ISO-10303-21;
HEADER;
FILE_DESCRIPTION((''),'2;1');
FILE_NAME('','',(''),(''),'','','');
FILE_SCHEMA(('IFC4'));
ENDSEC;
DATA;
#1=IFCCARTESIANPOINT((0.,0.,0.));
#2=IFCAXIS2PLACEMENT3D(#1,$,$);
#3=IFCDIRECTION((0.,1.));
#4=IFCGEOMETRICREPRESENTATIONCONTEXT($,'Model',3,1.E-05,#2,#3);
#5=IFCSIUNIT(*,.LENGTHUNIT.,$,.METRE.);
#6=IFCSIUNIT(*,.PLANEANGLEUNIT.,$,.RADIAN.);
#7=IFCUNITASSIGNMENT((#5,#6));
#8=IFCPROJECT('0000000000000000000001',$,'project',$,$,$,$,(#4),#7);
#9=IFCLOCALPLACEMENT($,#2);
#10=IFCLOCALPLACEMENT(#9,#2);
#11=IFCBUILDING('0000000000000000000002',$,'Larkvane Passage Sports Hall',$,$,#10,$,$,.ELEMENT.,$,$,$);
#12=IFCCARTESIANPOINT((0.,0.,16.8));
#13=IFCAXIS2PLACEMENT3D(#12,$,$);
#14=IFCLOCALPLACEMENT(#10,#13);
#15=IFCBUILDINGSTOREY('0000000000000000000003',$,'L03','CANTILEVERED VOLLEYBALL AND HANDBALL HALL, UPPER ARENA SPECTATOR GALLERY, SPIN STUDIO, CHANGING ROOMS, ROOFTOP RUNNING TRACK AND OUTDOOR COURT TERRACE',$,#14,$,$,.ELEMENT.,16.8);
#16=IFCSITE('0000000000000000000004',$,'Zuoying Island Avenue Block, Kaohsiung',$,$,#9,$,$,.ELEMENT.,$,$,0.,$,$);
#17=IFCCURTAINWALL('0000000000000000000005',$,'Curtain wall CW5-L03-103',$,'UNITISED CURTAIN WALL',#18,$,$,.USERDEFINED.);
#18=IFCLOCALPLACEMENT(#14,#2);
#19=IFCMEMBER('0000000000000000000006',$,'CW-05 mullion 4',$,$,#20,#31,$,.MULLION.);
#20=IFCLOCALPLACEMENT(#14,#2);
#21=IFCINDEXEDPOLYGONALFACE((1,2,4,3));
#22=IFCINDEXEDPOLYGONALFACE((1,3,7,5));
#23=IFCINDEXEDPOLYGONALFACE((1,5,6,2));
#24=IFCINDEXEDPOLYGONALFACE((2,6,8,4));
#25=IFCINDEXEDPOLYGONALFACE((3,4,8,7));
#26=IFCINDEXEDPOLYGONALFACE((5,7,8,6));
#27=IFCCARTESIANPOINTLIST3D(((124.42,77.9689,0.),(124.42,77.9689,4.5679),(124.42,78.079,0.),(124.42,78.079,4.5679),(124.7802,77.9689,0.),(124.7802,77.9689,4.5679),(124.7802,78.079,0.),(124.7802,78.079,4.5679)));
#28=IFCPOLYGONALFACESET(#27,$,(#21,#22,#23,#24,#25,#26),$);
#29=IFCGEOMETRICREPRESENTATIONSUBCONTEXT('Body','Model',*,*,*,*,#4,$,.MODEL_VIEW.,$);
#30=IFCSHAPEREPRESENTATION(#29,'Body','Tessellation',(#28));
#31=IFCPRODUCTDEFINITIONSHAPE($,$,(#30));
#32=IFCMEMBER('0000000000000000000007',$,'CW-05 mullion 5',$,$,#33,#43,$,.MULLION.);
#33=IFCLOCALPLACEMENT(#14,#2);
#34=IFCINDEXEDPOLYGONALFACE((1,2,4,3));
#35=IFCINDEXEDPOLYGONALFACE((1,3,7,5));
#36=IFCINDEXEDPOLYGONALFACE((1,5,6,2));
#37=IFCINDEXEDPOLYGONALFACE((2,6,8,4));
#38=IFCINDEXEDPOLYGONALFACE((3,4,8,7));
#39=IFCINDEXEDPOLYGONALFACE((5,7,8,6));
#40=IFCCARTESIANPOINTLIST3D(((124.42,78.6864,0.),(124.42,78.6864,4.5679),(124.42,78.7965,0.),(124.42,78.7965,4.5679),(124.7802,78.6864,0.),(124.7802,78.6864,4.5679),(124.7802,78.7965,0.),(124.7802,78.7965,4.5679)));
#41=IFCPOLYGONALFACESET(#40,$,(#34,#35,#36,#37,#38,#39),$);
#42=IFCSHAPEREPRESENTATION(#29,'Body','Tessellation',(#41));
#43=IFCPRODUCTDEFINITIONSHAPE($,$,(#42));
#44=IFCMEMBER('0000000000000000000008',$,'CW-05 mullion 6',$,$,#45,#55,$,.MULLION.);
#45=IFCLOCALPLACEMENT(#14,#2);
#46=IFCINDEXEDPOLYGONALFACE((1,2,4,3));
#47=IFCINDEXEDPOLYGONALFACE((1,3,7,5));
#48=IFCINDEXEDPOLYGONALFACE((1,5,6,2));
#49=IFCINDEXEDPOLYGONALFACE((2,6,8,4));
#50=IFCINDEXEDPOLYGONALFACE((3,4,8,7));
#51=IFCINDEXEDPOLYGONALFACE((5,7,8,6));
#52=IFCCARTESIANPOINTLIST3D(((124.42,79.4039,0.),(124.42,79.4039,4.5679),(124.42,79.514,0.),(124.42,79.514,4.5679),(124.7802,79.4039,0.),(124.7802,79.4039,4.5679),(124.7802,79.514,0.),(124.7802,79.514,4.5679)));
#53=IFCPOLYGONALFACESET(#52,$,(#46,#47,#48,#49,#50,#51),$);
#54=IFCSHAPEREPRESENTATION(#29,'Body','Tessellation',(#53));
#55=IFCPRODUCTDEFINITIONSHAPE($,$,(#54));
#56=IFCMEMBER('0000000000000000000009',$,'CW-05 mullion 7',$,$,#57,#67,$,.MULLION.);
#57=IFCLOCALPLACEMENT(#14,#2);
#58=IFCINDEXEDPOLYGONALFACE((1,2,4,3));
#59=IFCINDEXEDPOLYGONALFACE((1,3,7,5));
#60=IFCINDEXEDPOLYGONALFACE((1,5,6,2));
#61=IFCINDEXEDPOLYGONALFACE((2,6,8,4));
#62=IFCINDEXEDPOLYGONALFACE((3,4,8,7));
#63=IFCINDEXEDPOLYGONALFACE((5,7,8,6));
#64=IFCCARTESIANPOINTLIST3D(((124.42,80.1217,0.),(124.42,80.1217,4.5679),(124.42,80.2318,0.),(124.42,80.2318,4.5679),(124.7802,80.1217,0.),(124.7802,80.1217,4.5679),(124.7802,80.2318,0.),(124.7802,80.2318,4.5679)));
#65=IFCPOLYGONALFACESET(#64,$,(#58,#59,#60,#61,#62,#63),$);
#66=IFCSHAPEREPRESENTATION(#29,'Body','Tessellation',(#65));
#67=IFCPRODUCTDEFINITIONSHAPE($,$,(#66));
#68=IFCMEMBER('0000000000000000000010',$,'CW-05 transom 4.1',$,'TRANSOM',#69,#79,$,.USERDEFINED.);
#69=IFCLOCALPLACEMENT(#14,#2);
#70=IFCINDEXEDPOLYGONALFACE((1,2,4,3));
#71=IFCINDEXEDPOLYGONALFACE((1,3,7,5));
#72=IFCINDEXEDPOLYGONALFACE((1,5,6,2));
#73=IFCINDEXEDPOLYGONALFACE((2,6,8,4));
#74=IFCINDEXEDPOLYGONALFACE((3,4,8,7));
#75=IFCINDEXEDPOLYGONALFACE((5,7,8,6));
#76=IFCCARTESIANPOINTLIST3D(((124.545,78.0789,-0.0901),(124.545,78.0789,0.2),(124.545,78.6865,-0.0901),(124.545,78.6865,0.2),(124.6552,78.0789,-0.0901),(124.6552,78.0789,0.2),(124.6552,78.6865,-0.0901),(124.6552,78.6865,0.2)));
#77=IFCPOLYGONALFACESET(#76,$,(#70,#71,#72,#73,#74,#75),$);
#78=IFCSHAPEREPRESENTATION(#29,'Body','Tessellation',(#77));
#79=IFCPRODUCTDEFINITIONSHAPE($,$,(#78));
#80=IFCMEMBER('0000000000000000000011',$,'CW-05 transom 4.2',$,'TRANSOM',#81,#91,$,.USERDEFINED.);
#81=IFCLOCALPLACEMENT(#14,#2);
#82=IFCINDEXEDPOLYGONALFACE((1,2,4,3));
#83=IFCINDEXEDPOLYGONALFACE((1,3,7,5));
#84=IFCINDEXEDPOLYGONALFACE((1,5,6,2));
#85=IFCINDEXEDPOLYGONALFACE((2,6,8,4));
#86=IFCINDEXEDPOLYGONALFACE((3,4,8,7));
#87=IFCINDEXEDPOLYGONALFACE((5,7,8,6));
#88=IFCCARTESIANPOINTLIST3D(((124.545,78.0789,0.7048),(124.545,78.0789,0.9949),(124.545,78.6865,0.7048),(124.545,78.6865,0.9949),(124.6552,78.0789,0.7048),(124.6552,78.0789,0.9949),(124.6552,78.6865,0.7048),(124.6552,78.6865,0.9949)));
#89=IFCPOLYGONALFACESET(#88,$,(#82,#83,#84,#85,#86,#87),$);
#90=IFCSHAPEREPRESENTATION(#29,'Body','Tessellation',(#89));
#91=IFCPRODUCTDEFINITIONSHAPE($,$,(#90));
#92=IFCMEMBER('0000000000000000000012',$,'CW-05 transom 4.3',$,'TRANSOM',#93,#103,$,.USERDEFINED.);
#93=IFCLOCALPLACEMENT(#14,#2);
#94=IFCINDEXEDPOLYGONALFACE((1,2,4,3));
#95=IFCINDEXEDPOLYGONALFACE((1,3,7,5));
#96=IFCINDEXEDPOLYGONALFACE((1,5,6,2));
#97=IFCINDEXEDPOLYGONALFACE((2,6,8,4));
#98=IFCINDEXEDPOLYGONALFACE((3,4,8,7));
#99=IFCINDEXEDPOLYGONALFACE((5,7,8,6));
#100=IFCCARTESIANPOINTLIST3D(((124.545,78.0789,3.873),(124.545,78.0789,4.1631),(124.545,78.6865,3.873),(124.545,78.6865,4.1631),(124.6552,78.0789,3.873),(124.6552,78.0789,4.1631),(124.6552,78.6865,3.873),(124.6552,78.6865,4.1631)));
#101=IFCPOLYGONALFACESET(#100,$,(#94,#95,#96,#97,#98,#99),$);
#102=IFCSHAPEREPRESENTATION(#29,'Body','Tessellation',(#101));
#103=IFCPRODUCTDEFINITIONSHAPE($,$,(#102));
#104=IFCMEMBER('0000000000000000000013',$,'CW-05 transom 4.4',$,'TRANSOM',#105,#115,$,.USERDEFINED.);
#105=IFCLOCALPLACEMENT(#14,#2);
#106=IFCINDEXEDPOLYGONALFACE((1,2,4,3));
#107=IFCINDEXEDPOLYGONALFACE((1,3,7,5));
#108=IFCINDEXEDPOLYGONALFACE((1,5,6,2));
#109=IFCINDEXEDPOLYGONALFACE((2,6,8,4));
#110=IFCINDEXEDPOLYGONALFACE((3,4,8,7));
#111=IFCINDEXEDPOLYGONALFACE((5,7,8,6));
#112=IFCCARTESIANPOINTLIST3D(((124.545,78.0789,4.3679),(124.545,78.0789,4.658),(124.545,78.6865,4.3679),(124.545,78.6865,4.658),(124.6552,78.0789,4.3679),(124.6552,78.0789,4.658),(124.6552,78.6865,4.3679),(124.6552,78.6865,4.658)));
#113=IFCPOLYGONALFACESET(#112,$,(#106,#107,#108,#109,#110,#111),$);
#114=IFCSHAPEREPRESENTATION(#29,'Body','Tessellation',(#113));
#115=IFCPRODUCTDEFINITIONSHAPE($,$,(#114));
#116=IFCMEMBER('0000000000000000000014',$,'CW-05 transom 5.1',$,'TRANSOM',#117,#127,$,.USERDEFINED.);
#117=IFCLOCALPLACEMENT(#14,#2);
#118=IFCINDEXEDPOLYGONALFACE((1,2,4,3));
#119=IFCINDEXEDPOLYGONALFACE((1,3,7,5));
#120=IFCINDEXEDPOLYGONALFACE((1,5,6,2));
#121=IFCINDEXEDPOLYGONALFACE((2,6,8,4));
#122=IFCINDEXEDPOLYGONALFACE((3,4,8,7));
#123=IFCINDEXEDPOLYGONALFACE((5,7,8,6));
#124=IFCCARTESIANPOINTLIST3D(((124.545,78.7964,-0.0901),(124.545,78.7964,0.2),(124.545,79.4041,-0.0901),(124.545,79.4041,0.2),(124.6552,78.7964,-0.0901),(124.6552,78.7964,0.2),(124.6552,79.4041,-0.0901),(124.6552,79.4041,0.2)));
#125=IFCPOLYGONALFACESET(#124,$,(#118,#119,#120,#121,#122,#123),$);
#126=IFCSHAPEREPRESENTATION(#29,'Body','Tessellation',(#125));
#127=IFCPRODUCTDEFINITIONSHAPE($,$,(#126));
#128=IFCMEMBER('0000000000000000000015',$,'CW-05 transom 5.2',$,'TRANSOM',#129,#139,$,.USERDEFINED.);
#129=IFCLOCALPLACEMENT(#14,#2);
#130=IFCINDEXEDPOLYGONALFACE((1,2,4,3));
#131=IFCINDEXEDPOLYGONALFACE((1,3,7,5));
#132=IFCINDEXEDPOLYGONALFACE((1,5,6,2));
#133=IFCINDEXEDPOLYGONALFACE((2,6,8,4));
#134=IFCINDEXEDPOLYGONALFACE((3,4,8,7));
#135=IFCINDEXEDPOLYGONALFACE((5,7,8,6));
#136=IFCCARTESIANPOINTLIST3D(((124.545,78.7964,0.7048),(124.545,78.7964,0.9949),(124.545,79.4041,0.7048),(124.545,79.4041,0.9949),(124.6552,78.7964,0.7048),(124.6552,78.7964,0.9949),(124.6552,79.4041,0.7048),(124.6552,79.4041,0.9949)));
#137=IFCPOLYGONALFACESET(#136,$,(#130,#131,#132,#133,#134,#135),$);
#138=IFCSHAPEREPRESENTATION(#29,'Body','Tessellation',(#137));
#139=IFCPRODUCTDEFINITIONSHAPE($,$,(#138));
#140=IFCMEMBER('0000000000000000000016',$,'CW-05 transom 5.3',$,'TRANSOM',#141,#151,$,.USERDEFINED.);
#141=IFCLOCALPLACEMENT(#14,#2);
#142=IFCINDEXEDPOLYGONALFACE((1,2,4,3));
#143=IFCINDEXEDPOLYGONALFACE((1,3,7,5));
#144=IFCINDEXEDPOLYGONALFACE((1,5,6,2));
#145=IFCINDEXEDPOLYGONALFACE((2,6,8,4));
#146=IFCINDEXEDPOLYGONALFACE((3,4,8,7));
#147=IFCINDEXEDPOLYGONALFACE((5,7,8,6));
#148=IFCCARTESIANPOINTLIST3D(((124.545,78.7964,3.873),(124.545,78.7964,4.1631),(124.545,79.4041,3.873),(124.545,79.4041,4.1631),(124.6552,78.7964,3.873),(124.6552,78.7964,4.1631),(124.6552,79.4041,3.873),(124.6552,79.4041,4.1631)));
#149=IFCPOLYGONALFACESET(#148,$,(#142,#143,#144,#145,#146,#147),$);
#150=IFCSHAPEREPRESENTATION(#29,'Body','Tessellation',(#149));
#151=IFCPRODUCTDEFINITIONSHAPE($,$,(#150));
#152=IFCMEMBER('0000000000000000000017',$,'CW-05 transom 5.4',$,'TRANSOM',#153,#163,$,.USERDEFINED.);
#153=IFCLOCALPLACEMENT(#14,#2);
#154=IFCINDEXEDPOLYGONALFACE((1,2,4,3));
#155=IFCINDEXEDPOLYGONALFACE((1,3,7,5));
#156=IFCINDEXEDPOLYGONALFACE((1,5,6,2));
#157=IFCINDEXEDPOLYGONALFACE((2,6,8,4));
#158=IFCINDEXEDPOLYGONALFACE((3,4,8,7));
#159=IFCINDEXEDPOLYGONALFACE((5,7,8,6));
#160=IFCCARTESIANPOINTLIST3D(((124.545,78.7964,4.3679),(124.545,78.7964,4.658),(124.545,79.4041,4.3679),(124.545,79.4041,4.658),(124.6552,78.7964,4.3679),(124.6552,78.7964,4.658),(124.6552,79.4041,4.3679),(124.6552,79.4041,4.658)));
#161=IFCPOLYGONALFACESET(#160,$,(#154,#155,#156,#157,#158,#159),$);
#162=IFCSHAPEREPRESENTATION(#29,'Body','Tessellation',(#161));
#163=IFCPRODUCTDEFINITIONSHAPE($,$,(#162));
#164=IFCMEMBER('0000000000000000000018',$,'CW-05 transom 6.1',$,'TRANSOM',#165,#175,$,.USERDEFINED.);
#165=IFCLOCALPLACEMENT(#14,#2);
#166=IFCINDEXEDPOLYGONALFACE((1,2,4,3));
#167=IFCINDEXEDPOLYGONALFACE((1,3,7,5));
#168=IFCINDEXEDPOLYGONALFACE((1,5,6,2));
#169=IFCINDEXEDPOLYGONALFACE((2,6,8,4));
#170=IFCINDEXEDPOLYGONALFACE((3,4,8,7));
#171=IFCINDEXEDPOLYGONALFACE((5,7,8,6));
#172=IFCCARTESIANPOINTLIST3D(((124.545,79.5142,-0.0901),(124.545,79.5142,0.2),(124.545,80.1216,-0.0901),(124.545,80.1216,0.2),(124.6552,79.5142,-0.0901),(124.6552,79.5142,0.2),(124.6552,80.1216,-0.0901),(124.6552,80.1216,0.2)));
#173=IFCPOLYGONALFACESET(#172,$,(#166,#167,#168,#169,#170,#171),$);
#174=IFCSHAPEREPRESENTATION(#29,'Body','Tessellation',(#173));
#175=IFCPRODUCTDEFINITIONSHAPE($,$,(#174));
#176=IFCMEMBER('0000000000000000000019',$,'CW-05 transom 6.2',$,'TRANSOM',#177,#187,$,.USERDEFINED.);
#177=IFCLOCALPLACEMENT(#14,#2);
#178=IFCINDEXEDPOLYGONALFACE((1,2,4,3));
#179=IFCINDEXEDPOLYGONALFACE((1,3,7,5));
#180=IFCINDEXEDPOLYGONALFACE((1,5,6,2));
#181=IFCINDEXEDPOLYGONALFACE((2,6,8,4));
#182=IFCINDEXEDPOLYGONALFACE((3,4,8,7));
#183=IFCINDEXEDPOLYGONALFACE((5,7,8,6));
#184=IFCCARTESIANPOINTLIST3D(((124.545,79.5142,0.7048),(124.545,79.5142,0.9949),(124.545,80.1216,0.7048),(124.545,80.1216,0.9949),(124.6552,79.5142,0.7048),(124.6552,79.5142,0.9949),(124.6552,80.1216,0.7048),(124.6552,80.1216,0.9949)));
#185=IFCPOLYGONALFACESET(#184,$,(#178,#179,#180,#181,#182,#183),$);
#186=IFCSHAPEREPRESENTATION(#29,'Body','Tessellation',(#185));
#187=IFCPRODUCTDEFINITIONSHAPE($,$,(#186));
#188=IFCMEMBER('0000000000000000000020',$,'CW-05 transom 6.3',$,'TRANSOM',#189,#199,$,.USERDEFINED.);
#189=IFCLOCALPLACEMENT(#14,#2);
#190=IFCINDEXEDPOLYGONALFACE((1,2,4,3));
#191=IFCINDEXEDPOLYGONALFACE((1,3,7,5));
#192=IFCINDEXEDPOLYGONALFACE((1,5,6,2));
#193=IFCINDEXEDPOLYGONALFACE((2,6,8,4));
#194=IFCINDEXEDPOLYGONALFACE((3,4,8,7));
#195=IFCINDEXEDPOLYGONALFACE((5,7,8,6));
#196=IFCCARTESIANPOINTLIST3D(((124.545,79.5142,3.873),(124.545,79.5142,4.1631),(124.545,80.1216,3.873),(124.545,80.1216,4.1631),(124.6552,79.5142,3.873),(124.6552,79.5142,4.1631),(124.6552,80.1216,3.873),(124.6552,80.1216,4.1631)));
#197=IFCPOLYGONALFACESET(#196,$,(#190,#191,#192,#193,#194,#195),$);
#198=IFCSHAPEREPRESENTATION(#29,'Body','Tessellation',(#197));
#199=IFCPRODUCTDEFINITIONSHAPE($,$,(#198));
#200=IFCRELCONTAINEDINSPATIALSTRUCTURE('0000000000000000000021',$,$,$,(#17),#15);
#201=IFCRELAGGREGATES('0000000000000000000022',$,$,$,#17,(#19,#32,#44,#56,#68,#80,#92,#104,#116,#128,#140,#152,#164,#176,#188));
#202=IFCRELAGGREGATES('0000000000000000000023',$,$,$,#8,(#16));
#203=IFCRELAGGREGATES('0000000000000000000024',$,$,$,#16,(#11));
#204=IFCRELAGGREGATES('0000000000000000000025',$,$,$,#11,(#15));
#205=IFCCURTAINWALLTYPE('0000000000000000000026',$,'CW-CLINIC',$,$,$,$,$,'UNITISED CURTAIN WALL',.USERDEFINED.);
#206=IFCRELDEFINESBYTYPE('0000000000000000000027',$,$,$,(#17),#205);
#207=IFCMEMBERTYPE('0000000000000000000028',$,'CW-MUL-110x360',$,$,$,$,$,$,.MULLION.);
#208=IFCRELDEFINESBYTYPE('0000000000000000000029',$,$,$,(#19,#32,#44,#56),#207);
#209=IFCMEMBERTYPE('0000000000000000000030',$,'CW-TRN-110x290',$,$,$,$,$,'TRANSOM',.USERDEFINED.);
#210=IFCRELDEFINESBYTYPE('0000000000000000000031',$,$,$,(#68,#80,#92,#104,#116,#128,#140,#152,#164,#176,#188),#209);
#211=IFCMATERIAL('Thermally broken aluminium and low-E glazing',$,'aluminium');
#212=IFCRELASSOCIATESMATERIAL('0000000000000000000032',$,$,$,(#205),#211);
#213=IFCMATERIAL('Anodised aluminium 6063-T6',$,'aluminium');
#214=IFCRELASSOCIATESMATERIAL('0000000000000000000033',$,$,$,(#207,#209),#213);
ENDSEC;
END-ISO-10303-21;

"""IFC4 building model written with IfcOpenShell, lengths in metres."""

from ifc_helpers import new_model, si_unit, direction, frame, origin, origin_2d, place, context, subcontext, project, spatial, rectangle, extrude, material, material_profile, profile_set, type_object, element, aggregate, save


model = new_model("IFC4")

# Units and contexts
model_context = context("Model", 3, precision=1e-05, world=origin(), true_north=direction((0.0, 1.0)))
body_context = subcontext(model_context, "Body", "Model", "MODEL_VIEW")
ifc_project = project(units=[si_unit("LENGTHUNIT", "METRE"), si_unit("PLANEANGLEUNIT", "RADIAN")], contexts=[model_context])

# Site, building, storey
site_placement = place(None, origin())
site = spatial("IfcSite", under=ifc_project, at=site_placement, Name="Zuoying Island Avenue Block, Kaohsiung", CompositionType="ELEMENT", RefElevation=0.0)
building_placement = place(site_placement, origin())
building = spatial("IfcBuilding", under=site, at=building_placement, Name="Larkvane Passage Sports Hall", CompositionType="ELEMENT")
storey_placement = place(building_placement, frame((0.0, 0.0, 16.8)))
storey = spatial("IfcBuildingStorey", under=building, at=storey_placement, Name="L03", Description="CANTILEVERED VOLLEYBALL AND HANDBALL HALL, UPPER ARENA SPECTATOR GALLERY, SPIN STUDIO, CHANGING ROOMS, ROOFTOP RUNNING TRACK AND OUTDOOR COURT TERRACE", CompositionType="ELEMENT", Elevation=16.8)

# Curtain wall, members
ifc_material_1 = material(Name="Thermally broken aluminium and low-E glazing", Category="aluminium")
curtain_wall_type = type_object("IfcCurtainWallType", Name="CW-CLINIC", ElementType="UNITISED CURTAIN WALL", PredefinedType="USERDEFINED", material=ifc_material_1)
curtain_wall_placement = place(storey_placement, origin())
curtain_wall = element("IfcCurtainWall", 1, at=curtain_wall_placement, inside=storey, type_object=curtain_wall_type, Name="Curtain wall CW5-L03-103", ObjectType="UNITISED CURTAIN WALL", PredefinedType="USERDEFINED")
ifc_material_2 = material(Name="Anodised aluminium 6063-T6", Category="aluminium")
ifc_material_profile_1 = material_profile(ifc_material_2, rectangle(XDim=0.1101, YDim=0.3601, at=origin_2d()), Name="ALU-MUL-110x360")
ifc_profile_set_1 = profile_set([ifc_material_profile_1], Name="Anodised aluminium 6063-T6")
member_type_1 = type_object("IfcMemberType", Name="CW-MUL-110x360", PredefinedType="MULLION", material=ifc_profile_set_1)
member_1_placement = place(storey_placement, frame((124.6001, 78.0239, 0.0), z_axis=(0.0, 0.0, 1.0), x_axis=(0.0, 1.0, 0.0)))
member_1 = element("IfcMember", 2, at=member_1_placement, type_object=member_type_1, Name="CW-05 mullion 4", PredefinedType="MULLION", context=body_context, shape_type="SweptSolid", body=[
    extrude(rectangle(XDim=0.1101, YDim=0.3601, at=origin_2d()), origin(), (0.0, 0.0, 1.0), 4.5679),
])
member_2_placement = place(storey_placement, frame((124.6001, 78.7415, 0.0), z_axis=(0.0, 0.0, 1.0), x_axis=(0.0, 1.0, 0.0)))
member_2 = element("IfcMember", 3, at=member_2_placement, type_object=member_type_1, Name="CW-05 mullion 5", PredefinedType="MULLION", context=body_context, shape_type="SweptSolid", body=[
    extrude(rectangle(XDim=0.1101, YDim=0.3601, at=origin_2d()), origin(), (0.0, 0.0, 1.0), 4.5679),
])
member_3_placement = place(storey_placement, frame((124.6001, 79.459, 0.0), z_axis=(0.0, 0.0, 1.0), x_axis=(0.0, 1.0, 0.0)))
member_3 = element("IfcMember", 4, at=member_3_placement, type_object=member_type_1, Name="CW-05 mullion 6", PredefinedType="MULLION", context=body_context, shape_type="SweptSolid", body=[
    extrude(rectangle(XDim=0.1101, YDim=0.3601, at=origin_2d()), origin(), (0.0, 0.0, 1.0), 4.5679),
])
member_4_placement = place(storey_placement, frame((124.6001, 80.1768, 0.0), z_axis=(0.0, 0.0, 1.0), x_axis=(0.0, 1.0, 0.0)))
member_4 = element("IfcMember", 5, at=member_4_placement, type_object=member_type_1, Name="CW-05 mullion 7", PredefinedType="MULLION", context=body_context, shape_type="SweptSolid", body=[
    extrude(rectangle(XDim=0.1101, YDim=0.3601, at=origin_2d()), origin(), (0.0, 0.0, 1.0), 4.5679),
])
ifc_material_profile_2 = material_profile(ifc_material_2, rectangle(XDim=0.1101, YDim=0.29, at=origin_2d()), Name="ALU-TRN-110x290")
ifc_profile_set_2 = profile_set([ifc_material_profile_2], Name="Anodised aluminium 6063-T6")
member_type_2 = type_object("IfcMemberType", Name="CW-TRN-110x290", ElementType="TRANSOM", PredefinedType="USERDEFINED", material=ifc_profile_set_2)
member_5_placement = place(storey_placement, frame((124.6001, 78.0789, 0.0549), z_axis=(0.0, 1.0, 0.0), x_axis=(-1.0, 0.0, 0.0)))
member_5 = element("IfcMember", 6, at=member_5_placement, type_object=member_type_2, Name="CW-05 transom 4.1", ObjectType="TRANSOM", PredefinedType="USERDEFINED", context=body_context, shape_type="SweptSolid", body=[
    extrude(rectangle(XDim=0.1101, YDim=0.29, at=origin_2d()), origin(), (0.0, 0.0, 1.0), 0.6077),
])
member_6_placement = place(storey_placement, frame((124.6001, 78.0789, 0.8499), z_axis=(0.0, 1.0, 0.0), x_axis=(-1.0, 0.0, 0.0)))
member_6 = element("IfcMember", 7, at=member_6_placement, type_object=member_type_2, Name="CW-05 transom 4.2", ObjectType="TRANSOM", PredefinedType="USERDEFINED", context=body_context, shape_type="SweptSolid", body=[
    extrude(rectangle(XDim=0.1101, YDim=0.29, at=origin_2d()), origin(), (0.0, 0.0, 1.0), 0.6077),
])
member_7_placement = place(storey_placement, frame((124.6001, 78.0789, 4.0181), z_axis=(0.0, 1.0, 0.0), x_axis=(-1.0, 0.0, 0.0)))
member_7 = element("IfcMember", 8, at=member_7_placement, type_object=member_type_2, Name="CW-05 transom 4.3", ObjectType="TRANSOM", PredefinedType="USERDEFINED", context=body_context, shape_type="SweptSolid", body=[
    extrude(rectangle(XDim=0.1101, YDim=0.29, at=origin_2d()), origin(), (0.0, 0.0, 1.0), 0.6077),
])
member_8_placement = place(storey_placement, frame((124.6001, 78.0789, 4.5129), z_axis=(0.0, 1.0, 0.0), x_axis=(-1.0, 0.0, 0.0)))
member_8 = element("IfcMember", 9, at=member_8_placement, type_object=member_type_2, Name="CW-05 transom 4.4", ObjectType="TRANSOM", PredefinedType="USERDEFINED", context=body_context, shape_type="SweptSolid", body=[
    extrude(rectangle(XDim=0.1101, YDim=0.29, at=origin_2d()), origin(), (0.0, 0.0, 1.0), 0.6077),
])
member_9_placement = place(storey_placement, frame((124.6001, 78.7964, 0.0549), z_axis=(0.0, 1.0, 0.0), x_axis=(-1.0, 0.0, 0.0)))
member_9 = element("IfcMember", 10, at=member_9_placement, type_object=member_type_2, Name="CW-05 transom 5.1", ObjectType="TRANSOM", PredefinedType="USERDEFINED", context=body_context, shape_type="SweptSolid", body=[
    extrude(rectangle(XDim=0.1101, YDim=0.29, at=origin_2d()), origin(), (0.0, 0.0, 1.0), 0.6077),
])
member_10_placement = place(storey_placement, frame((124.6001, 78.7964, 0.8499), z_axis=(0.0, 1.0, 0.0), x_axis=(-1.0, 0.0, 0.0)))
member_10 = element("IfcMember", 11, at=member_10_placement, type_object=member_type_2, Name="CW-05 transom 5.2", ObjectType="TRANSOM", PredefinedType="USERDEFINED", context=body_context, shape_type="SweptSolid", body=[
    extrude(rectangle(XDim=0.1101, YDim=0.29, at=origin_2d()), origin(), (0.0, 0.0, 1.0), 0.6077),
])
member_11_placement = place(storey_placement, frame((124.6001, 78.7964, 4.0181), z_axis=(0.0, 1.0, 0.0), x_axis=(-1.0, 0.0, 0.0)))
member_11 = element("IfcMember", 12, at=member_11_placement, type_object=member_type_2, Name="CW-05 transom 5.3", ObjectType="TRANSOM", PredefinedType="USERDEFINED", context=body_context, shape_type="SweptSolid", body=[
    extrude(rectangle(XDim=0.1101, YDim=0.29, at=origin_2d()), origin(), (0.0, 0.0, 1.0), 0.6077),
])
member_12_placement = place(storey_placement, frame((124.6001, 78.7964, 4.5129), z_axis=(0.0, 1.0, 0.0), x_axis=(-1.0, 0.0, 0.0)))
member_12 = element("IfcMember", 13, at=member_12_placement, type_object=member_type_2, Name="CW-05 transom 5.4", ObjectType="TRANSOM", PredefinedType="USERDEFINED", context=body_context, shape_type="SweptSolid", body=[
    extrude(rectangle(XDim=0.1101, YDim=0.29, at=origin_2d()), origin(), (0.0, 0.0, 1.0), 0.6077),
])
member_13_placement = place(storey_placement, frame((124.6001, 79.5142, 0.0549), z_axis=(0.0, 1.0, 0.0), x_axis=(-1.0, 0.0, 0.0)))
member_13 = element("IfcMember", 14, at=member_13_placement, type_object=member_type_2, Name="CW-05 transom 6.1", ObjectType="TRANSOM", PredefinedType="USERDEFINED", context=body_context, shape_type="SweptSolid", body=[
    extrude(rectangle(XDim=0.1101, YDim=0.29, at=origin_2d()), origin(), (0.0, 0.0, 1.0), 0.6074),
])
member_14_placement = place(storey_placement, frame((124.6001, 79.5142, 0.8499), z_axis=(0.0, 1.0, 0.0), x_axis=(-1.0, 0.0, 0.0)))
member_14 = element("IfcMember", 15, at=member_14_placement, type_object=member_type_2, Name="CW-05 transom 6.2", ObjectType="TRANSOM", PredefinedType="USERDEFINED", context=body_context, shape_type="SweptSolid", body=[
    extrude(rectangle(XDim=0.1101, YDim=0.29, at=origin_2d()), origin(), (0.0, 0.0, 1.0), 0.6074),
])
member_15_placement = place(storey_placement, frame((124.6001, 79.5142, 4.0181), z_axis=(0.0, 1.0, 0.0), x_axis=(-1.0, 0.0, 0.0)))
member_15 = element("IfcMember", 16, at=member_15_placement, type_object=member_type_2, Name="CW-05 transom 6.3", ObjectType="TRANSOM", PredefinedType="USERDEFINED", context=body_context, shape_type="SweptSolid", body=[
    extrude(rectangle(XDim=0.1101, YDim=0.29, at=origin_2d()), origin(), (0.0, 0.0, 1.0), 0.6074),
])
aggregate(curtain_wall, [member_1, member_2, member_3, member_4, member_5, member_6, member_7, member_8, member_9, member_10, member_11, member_12, member_13, member_14, member_15])

save(model, "model.ifc")
